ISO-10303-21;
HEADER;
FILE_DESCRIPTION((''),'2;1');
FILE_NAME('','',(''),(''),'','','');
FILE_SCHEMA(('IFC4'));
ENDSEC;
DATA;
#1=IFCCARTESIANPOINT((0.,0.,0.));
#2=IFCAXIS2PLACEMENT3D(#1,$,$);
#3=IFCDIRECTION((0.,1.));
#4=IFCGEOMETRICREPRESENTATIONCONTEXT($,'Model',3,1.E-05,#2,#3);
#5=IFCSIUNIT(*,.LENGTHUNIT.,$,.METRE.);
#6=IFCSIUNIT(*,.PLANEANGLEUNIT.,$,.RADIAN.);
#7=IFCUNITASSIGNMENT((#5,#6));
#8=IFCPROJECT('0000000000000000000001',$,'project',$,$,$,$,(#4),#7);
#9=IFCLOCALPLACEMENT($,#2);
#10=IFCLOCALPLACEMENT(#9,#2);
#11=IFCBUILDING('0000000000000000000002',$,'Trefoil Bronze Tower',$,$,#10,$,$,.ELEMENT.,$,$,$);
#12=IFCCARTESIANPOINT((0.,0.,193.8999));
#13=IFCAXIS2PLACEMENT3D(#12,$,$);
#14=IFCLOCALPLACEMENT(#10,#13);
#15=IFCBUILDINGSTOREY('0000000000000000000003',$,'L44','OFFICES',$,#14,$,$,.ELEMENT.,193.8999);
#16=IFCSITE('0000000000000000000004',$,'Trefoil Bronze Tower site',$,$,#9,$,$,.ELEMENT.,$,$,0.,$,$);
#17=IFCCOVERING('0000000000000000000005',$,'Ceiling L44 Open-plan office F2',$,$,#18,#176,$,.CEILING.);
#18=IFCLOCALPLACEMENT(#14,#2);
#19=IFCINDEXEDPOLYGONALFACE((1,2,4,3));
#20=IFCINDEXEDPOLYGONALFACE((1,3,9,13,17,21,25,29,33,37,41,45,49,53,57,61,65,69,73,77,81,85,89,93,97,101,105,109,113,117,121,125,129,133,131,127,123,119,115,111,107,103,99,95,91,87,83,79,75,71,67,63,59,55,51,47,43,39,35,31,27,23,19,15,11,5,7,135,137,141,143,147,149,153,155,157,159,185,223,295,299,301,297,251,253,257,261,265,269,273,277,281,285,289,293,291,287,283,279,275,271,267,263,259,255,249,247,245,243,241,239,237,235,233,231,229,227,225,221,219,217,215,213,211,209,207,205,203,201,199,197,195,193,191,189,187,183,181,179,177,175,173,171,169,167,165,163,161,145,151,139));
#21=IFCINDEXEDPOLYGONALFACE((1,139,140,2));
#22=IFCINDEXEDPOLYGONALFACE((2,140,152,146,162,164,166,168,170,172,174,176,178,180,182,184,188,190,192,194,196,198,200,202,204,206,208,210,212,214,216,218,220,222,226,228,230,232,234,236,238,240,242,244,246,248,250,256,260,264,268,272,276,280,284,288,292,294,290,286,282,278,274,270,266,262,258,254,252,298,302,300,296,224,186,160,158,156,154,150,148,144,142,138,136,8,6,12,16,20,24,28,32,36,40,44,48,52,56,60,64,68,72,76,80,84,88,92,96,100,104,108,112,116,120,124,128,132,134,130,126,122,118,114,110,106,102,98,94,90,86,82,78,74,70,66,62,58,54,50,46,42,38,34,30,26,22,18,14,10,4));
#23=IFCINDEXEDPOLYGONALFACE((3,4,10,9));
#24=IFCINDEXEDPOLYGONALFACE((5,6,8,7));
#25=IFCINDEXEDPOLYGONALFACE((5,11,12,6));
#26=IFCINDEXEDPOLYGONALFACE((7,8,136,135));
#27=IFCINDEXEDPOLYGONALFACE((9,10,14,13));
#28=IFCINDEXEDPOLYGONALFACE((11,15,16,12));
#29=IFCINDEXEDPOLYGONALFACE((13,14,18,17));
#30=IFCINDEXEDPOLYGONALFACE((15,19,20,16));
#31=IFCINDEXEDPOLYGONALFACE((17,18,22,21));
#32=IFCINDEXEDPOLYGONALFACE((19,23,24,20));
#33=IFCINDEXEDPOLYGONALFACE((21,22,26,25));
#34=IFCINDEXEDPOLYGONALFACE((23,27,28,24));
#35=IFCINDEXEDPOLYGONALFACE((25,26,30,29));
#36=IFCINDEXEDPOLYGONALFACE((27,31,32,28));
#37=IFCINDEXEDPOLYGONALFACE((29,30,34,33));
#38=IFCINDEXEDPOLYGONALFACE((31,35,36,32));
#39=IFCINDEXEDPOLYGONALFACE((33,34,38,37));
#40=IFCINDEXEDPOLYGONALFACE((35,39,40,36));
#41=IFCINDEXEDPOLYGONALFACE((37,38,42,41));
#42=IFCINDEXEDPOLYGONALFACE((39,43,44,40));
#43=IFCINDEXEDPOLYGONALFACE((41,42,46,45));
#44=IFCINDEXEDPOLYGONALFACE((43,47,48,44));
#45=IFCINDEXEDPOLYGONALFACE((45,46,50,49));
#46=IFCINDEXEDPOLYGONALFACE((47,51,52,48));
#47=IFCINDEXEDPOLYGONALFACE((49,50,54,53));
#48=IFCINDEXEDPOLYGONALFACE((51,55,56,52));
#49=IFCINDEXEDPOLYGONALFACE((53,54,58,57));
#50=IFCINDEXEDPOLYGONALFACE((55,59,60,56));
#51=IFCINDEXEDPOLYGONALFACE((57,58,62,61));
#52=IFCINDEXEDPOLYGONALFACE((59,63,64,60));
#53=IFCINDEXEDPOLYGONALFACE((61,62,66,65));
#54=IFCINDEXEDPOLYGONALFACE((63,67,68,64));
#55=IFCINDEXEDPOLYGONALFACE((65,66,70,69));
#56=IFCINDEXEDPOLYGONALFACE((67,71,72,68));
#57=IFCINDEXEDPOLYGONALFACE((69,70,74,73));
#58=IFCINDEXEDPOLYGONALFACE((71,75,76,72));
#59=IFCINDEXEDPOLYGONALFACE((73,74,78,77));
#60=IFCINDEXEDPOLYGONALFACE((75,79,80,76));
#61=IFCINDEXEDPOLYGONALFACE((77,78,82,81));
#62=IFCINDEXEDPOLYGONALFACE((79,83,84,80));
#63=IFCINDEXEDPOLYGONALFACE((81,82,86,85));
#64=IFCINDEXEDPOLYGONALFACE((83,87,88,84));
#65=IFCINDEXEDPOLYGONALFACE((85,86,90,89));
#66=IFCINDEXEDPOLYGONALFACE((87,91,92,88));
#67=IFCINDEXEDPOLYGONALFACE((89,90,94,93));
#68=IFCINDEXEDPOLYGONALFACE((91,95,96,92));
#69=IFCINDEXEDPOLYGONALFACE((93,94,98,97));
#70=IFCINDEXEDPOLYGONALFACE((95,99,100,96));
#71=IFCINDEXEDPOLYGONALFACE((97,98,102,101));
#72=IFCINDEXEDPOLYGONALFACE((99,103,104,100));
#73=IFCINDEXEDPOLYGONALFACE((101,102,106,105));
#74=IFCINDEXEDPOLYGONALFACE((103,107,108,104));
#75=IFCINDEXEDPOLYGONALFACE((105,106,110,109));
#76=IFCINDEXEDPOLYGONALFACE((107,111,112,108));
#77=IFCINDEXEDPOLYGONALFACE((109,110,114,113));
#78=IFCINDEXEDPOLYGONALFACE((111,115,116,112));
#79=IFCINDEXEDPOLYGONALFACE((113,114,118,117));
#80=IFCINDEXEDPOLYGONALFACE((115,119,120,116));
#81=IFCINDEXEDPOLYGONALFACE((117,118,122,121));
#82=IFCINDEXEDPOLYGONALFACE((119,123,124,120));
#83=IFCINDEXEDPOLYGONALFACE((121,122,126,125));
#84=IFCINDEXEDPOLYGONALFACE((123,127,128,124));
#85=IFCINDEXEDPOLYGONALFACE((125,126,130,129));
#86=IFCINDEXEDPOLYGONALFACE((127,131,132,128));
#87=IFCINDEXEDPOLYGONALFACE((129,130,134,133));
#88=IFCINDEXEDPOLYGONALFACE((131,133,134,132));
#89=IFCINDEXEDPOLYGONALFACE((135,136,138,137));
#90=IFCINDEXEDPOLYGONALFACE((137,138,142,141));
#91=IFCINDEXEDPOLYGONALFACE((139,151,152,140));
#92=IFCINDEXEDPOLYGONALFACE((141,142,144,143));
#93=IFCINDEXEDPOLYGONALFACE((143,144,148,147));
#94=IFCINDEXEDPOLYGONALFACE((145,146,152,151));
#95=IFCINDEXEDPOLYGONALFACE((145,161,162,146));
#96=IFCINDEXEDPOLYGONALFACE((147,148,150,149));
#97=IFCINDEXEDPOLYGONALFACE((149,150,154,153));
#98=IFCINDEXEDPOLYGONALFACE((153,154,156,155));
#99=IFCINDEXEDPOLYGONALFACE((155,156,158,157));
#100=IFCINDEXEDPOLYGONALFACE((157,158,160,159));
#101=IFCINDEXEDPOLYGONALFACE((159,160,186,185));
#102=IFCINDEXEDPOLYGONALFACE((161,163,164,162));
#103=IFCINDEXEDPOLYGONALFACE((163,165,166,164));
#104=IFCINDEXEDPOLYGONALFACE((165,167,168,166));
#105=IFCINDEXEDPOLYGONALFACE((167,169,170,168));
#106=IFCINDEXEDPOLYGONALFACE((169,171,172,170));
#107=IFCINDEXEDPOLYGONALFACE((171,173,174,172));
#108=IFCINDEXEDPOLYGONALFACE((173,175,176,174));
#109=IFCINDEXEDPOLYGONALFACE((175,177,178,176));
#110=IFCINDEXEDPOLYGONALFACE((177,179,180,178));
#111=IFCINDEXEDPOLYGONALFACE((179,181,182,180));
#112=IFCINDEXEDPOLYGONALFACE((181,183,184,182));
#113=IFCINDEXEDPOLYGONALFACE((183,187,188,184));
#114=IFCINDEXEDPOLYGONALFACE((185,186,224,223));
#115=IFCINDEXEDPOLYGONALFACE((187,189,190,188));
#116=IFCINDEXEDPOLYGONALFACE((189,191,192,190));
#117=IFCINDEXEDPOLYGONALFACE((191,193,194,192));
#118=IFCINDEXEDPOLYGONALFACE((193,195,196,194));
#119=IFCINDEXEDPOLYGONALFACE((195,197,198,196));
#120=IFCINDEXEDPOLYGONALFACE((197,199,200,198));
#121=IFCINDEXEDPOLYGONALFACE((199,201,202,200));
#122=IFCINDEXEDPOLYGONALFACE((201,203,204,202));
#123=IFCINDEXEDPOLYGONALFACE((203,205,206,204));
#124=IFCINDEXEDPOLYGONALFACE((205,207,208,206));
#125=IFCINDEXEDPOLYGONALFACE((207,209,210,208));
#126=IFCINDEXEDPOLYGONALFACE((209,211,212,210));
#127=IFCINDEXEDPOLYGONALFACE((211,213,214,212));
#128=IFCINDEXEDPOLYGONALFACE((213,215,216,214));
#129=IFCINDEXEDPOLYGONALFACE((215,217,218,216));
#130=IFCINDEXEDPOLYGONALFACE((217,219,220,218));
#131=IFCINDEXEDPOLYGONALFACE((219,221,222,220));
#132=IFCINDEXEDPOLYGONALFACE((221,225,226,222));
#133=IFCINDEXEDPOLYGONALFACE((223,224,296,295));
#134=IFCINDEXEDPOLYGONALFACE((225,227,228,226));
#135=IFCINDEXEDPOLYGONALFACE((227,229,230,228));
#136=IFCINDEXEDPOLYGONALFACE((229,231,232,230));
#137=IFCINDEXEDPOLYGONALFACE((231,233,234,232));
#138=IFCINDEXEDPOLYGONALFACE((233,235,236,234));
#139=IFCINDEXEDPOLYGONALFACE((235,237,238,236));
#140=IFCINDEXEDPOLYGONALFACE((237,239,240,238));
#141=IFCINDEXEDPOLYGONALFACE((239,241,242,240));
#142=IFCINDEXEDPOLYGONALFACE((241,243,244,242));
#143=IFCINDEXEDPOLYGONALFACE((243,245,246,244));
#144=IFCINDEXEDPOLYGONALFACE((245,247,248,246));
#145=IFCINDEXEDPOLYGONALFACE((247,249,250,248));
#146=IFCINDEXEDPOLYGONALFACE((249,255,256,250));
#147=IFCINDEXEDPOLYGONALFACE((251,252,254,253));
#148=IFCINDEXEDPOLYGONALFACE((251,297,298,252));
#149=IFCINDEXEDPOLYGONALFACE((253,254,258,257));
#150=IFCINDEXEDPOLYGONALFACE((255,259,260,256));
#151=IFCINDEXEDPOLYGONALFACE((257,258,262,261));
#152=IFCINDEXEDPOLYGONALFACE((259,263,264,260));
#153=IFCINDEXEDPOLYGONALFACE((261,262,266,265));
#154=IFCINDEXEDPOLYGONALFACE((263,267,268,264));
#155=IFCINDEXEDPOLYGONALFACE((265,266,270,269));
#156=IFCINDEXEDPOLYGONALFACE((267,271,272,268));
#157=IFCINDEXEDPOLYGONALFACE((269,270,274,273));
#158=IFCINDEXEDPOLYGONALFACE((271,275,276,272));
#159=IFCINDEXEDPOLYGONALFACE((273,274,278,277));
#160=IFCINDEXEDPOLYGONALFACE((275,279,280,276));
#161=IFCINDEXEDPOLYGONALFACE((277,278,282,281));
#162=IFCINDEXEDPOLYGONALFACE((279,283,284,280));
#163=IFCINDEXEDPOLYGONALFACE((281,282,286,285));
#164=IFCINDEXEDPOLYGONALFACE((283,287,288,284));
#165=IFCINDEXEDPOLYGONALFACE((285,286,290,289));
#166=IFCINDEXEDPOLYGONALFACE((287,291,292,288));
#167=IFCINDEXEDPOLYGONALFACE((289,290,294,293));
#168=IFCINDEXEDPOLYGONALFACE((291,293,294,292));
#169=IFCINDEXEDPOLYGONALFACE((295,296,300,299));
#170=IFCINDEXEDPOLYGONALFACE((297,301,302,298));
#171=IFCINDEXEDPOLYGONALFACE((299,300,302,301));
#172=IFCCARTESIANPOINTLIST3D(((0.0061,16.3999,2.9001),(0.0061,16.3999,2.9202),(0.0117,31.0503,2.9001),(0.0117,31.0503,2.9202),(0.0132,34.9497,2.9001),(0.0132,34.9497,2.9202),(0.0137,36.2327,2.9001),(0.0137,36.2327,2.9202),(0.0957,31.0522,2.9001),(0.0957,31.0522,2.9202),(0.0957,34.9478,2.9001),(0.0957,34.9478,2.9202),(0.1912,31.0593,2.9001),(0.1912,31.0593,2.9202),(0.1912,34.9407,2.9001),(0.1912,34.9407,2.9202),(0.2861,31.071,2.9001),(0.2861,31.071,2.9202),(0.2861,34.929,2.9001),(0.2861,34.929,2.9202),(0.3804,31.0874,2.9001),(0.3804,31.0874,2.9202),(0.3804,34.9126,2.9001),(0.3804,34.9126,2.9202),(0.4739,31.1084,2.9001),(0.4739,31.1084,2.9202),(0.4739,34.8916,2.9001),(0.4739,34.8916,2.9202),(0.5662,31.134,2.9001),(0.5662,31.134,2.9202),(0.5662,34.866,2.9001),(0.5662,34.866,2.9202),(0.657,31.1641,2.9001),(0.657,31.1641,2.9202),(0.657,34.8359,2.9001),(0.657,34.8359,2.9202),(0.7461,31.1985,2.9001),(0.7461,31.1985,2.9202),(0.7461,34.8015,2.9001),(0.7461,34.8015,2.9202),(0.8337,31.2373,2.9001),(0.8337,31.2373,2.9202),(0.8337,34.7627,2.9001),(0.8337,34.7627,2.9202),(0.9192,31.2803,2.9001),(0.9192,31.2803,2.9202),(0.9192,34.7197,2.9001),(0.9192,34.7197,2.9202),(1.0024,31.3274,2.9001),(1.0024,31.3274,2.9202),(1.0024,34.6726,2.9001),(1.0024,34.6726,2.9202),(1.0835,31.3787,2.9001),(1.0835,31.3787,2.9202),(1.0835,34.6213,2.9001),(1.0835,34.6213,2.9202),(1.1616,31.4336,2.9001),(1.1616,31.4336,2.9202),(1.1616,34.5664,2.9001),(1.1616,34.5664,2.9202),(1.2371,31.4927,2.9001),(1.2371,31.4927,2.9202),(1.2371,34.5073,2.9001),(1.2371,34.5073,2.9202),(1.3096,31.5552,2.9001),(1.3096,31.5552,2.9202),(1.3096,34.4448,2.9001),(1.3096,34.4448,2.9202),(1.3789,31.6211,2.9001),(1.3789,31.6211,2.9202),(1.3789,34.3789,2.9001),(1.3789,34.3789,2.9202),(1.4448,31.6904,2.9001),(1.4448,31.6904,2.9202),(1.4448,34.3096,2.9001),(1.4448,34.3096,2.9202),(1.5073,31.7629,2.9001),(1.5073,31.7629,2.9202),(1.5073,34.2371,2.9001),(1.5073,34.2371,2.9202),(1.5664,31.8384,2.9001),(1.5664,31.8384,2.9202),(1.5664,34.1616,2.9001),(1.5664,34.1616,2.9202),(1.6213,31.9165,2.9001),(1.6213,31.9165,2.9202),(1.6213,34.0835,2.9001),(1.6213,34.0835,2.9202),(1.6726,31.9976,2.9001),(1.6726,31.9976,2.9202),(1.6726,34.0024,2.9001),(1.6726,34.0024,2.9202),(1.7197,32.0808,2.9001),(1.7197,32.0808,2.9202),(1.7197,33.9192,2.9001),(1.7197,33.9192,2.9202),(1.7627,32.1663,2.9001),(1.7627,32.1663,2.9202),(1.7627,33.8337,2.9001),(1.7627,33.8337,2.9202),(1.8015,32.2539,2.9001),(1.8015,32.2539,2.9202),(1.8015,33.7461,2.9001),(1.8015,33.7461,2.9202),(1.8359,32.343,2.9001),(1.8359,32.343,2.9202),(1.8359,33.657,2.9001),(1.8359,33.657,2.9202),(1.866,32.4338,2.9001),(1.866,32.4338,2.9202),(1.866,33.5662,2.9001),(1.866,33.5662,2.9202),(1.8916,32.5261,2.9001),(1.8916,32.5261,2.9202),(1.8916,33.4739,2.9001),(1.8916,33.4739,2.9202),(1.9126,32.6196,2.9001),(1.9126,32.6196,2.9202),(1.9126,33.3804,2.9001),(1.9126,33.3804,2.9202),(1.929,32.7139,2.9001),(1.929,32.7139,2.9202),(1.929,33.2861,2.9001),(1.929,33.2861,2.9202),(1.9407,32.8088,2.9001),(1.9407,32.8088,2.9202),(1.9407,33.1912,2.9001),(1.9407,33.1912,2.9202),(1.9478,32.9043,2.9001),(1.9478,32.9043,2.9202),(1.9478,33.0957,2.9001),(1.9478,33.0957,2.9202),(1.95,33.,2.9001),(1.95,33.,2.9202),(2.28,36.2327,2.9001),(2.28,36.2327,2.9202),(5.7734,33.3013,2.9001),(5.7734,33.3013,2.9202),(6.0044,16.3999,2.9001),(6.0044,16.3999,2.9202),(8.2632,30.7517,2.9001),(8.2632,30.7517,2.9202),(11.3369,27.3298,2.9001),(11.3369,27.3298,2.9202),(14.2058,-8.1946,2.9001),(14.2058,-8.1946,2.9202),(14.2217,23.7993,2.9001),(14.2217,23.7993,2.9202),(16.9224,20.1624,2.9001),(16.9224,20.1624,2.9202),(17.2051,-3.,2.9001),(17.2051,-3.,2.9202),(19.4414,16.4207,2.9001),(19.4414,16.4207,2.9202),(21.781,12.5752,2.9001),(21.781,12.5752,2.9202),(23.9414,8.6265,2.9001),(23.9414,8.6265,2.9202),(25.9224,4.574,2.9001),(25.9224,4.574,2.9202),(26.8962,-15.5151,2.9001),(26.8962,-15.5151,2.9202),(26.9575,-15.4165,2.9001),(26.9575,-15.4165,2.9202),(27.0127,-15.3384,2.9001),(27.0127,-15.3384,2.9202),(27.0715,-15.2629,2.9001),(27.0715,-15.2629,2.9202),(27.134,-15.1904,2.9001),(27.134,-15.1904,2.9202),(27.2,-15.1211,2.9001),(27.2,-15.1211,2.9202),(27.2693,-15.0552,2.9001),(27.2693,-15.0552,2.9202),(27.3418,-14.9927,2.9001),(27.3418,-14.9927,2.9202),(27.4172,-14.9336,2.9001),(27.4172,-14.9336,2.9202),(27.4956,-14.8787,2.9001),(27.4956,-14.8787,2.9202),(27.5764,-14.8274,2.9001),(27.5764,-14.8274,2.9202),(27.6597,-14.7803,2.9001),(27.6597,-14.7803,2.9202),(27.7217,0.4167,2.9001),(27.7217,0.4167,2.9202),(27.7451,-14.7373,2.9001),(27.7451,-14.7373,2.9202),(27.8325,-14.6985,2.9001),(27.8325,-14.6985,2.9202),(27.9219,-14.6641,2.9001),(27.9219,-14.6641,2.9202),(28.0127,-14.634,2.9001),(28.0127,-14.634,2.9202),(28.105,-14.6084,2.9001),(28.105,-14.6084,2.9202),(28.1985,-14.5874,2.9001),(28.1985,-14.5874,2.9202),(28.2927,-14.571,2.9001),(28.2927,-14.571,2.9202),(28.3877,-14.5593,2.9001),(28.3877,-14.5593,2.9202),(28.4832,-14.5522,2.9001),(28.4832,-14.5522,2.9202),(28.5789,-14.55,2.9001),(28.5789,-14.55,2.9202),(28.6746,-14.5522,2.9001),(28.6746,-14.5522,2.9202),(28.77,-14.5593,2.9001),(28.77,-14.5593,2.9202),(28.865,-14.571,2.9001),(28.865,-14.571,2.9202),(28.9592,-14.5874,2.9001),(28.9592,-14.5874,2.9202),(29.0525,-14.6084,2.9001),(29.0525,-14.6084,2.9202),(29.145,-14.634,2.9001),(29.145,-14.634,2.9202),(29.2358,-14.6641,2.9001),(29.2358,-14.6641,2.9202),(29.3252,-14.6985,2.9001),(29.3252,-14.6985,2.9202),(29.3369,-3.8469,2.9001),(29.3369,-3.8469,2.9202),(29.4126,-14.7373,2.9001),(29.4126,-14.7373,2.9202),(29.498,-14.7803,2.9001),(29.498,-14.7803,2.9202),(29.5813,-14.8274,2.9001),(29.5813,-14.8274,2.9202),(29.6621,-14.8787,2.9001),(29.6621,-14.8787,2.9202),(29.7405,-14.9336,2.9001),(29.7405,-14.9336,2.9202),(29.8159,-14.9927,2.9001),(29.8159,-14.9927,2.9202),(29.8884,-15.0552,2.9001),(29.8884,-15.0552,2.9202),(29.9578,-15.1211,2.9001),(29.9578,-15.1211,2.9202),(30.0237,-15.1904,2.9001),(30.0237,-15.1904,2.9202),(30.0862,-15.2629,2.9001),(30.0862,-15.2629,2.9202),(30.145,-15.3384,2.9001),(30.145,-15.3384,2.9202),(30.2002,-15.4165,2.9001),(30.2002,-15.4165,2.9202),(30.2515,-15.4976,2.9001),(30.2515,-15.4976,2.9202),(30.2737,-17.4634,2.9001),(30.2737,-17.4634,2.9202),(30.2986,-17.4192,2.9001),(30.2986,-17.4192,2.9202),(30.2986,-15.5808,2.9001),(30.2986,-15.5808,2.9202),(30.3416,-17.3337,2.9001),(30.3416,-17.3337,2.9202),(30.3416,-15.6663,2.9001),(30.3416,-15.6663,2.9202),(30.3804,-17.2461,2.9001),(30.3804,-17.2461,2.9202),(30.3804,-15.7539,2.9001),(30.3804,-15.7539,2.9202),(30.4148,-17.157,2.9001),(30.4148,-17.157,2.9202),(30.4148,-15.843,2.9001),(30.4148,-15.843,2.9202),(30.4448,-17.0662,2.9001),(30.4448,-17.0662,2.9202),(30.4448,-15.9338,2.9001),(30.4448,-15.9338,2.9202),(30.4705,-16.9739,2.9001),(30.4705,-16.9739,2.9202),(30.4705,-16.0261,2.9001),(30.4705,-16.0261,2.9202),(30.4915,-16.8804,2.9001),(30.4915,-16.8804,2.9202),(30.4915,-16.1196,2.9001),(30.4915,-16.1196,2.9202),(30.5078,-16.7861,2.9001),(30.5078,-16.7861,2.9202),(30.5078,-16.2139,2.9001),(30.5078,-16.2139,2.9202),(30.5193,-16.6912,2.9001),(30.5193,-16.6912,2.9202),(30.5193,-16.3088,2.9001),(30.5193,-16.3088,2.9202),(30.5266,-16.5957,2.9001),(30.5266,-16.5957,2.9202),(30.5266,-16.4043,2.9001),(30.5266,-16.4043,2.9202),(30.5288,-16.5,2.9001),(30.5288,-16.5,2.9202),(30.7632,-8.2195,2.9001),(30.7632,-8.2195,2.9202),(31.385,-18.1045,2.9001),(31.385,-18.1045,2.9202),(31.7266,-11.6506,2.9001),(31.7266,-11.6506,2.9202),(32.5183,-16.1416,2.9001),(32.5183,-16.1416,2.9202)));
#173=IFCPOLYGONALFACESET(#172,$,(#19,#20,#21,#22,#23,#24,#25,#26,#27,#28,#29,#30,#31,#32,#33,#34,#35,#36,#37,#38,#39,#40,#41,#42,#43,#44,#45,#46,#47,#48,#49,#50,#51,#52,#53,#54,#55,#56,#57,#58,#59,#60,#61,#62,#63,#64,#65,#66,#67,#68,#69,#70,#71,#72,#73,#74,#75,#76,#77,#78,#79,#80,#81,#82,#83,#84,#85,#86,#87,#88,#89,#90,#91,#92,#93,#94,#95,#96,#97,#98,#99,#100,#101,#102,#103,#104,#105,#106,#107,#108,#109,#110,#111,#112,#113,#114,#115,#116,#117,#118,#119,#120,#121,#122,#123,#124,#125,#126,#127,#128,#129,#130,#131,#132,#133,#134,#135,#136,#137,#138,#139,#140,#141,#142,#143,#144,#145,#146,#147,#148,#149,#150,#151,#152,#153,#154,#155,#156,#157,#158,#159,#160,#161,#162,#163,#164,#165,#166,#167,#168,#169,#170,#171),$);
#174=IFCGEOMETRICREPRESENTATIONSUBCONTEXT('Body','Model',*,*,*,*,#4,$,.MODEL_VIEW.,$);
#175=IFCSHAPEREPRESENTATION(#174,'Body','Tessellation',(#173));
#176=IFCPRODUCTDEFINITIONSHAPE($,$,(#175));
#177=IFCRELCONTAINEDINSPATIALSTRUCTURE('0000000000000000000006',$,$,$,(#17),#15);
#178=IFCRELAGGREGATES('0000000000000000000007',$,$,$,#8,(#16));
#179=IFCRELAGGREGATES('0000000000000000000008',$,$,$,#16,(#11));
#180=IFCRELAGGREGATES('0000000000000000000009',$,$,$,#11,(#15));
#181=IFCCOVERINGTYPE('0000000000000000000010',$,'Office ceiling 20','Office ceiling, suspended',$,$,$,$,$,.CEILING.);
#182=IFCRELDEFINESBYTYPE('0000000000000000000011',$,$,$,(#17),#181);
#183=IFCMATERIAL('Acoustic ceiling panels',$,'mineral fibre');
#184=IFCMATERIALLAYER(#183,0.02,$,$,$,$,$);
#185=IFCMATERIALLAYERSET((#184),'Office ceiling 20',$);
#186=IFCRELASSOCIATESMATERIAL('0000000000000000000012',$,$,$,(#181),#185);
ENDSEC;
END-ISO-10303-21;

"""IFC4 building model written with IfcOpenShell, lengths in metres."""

from ifc_helpers import new_model, si_unit, direction, frame, origin, place, context, subcontext, project, spatial, polyline, outline, extrude, material, layer, layer_set, type_object, element, save


model = new_model("IFC4")

# Units and contexts
model_context = context("Model", 3, precision=1e-05, world=origin(), true_north=direction((0.0, 1.0)))
body_context = subcontext(model_context, "Body", "Model", "MODEL_VIEW")
ifc_project = project(units=[si_unit("LENGTHUNIT", "METRE"), si_unit("PLANEANGLEUNIT", "RADIAN")], contexts=[model_context])

# Site, building, storey
site_placement = place(None, origin())
site = spatial("IfcSite", under=ifc_project, at=site_placement, Name="Trefoil Bronze Tower site", CompositionType="ELEMENT", RefElevation=0.0)
building_placement = place(site_placement, origin())
building = spatial("IfcBuilding", under=site, at=building_placement, Name="Trefoil Bronze Tower", CompositionType="ELEMENT")
storey_placement = place(building_placement, frame((0.0, 0.0, 193.8999)))
storey = spatial("IfcBuildingStorey", under=building, at=storey_placement, Name="L44", Description="OFFICES", CompositionType="ELEMENT", Elevation=193.8999)

# Covering
ifc_material_1 = material(Name="Acoustic ceiling panels", Category="mineral fibre")
ifc_layer_1 = layer(ifc_material_1, 0.02)
ifc_layer_set_1 = layer_set([ifc_layer_1], Name="Office ceiling 20")
covering_type_1 = type_object("IfcCoveringType", Name="Office ceiling 20", Description="Office ceiling, suspended", PredefinedType="CEILING", material=ifc_layer_set_1)
covering_1_placement = place(storey_placement, frame((0.0, 0.0, 2.9001)))
element("IfcCovering", 1, at=covering_1_placement, inside=storey, type_object=covering_type_1, Name="Ceiling L44 Open-plan office F2", PredefinedType="CEILING", context=body_context, shape_type="SweptSolid", body=[
    extrude(outline(polyline([(8.2632, 30.7517), (11.3369, 27.3298), (14.2217, 23.7993), (16.9224, 20.1624), (19.4414, 16.4207), (21.781, 12.5752), (23.9414, 8.6265), (25.9224, 4.574), (27.7217, 0.4167), (29.3369, -3.8469), (30.7632, -8.2195), (31.7266, -11.6506), (32.5183, -16.1416), (31.385, -18.1045), (30.2737, -17.4634), (30.2986, -17.4192), (30.3416, -17.3337), (30.3804, -17.2461), (30.4148, -17.157), (30.4448, -17.0662), (30.4705, -16.9739), (30.4915, -16.8804), (30.5078, -16.7861), (30.5193, -16.6912), (30.5266, -16.5957), (30.5288, -16.5), (30.5266, -16.4043), (30.5193, -16.3088), (30.5078, -16.2139), (30.4915, -16.1196), (30.4705, -16.0261), (30.4448, -15.9338), (30.4148, -15.843), (30.3804, -15.7539), (30.3416, -15.6663), (30.2986, -15.5808), (30.2515, -15.4976), (30.2002, -15.4165), (30.145, -15.3384), (30.0862, -15.2629), (30.0237, -15.1904), (29.9578, -15.1211), (29.8884, -15.0552), (29.8159, -14.9927), (29.7405, -14.9336), (29.6621, -14.8787), (29.5813, -14.8274), (29.498, -14.7803), (29.4126, -14.7373), (29.3252, -14.6985), (29.2358, -14.6641), (29.145, -14.634), (29.0525, -14.6084), (28.9592, -14.5874), (28.865, -14.571), (28.77, -14.5593), (28.6746, -14.5522), (28.5789, -14.55), (28.4832, -14.5522), (28.3877, -14.5593), (28.2927, -14.571), (28.1985, -14.5874), (28.105, -14.6084), (28.0127, -14.634), (27.9219, -14.6641), (27.8325, -14.6985), (27.7451, -14.7373), (27.6597, -14.7803), (27.5764, -14.8274), (27.4956, -14.8787), (27.4172, -14.9336), (27.3418, -14.9927), (27.2693, -15.0552), (27.2, -15.1211), (27.134, -15.1904), (27.0715, -15.2629), (27.0127, -15.3384), (26.9575, -15.4165), (26.8962, -15.5151), (14.2058, -8.1946), (17.2051, -3.0), (6.0044, 16.3999), (0.0061, 16.3999), (0.0117, 31.0503), (0.0957, 31.0522), (0.1912, 31.0593), (0.2861, 31.071), (0.3804, 31.0874), (0.4739, 31.1084), (0.5662, 31.134), (0.657, 31.1641), (0.7461, 31.1985), (0.8337, 31.2373), (0.9192, 31.2803), (1.0024, 31.3274), (1.0835, 31.3787), (1.1616, 31.4336), (1.2371, 31.4927), (1.3096, 31.5552), (1.3789, 31.6211), (1.4448, 31.6904), (1.5073, 31.7629), (1.5664, 31.8384), (1.6213, 31.9165), (1.6726, 31.9976), (1.7197, 32.0808), (1.7627, 32.1663), (1.8015, 32.2539), (1.8359, 32.343), (1.866, 32.4338), (1.8916, 32.5261), (1.9126, 32.6196), (1.929, 32.7139), (1.9407, 32.8088), (1.9478, 32.9043), (1.95, 33.0), (1.9478, 33.0957), (1.9407, 33.1912), (1.929, 33.2861), (1.9126, 33.3804), (1.8916, 33.4739), (1.866, 33.5662), (1.8359, 33.657), (1.8015, 33.7461), (1.7627, 33.8337), (1.7197, 33.9192), (1.6726, 34.0024), (1.6213, 34.0835), (1.5664, 34.1616), (1.5073, 34.2371), (1.4448, 34.3096), (1.3789, 34.3789), (1.3096, 34.4448), (1.2371, 34.5073), (1.1616, 34.5664), (1.0835, 34.6213), (1.0024, 34.6726), (0.9192, 34.7197), (0.8337, 34.7627), (0.7461, 34.8015), (0.657, 34.8359), (0.5662, 34.866), (0.4739, 34.8916), (0.3804, 34.9126), (0.2861, 34.929), (0.1912, 34.9407), (0.0957, 34.9478), (0.0132, 34.9497), (0.0137, 36.2327), (2.28, 36.2327), (5.7734, 33.3013), (8.2632, 30.7517)])), origin(), (0.0, 0.0, 1.0), 0.02),
])

save(model, "model.ifc")
